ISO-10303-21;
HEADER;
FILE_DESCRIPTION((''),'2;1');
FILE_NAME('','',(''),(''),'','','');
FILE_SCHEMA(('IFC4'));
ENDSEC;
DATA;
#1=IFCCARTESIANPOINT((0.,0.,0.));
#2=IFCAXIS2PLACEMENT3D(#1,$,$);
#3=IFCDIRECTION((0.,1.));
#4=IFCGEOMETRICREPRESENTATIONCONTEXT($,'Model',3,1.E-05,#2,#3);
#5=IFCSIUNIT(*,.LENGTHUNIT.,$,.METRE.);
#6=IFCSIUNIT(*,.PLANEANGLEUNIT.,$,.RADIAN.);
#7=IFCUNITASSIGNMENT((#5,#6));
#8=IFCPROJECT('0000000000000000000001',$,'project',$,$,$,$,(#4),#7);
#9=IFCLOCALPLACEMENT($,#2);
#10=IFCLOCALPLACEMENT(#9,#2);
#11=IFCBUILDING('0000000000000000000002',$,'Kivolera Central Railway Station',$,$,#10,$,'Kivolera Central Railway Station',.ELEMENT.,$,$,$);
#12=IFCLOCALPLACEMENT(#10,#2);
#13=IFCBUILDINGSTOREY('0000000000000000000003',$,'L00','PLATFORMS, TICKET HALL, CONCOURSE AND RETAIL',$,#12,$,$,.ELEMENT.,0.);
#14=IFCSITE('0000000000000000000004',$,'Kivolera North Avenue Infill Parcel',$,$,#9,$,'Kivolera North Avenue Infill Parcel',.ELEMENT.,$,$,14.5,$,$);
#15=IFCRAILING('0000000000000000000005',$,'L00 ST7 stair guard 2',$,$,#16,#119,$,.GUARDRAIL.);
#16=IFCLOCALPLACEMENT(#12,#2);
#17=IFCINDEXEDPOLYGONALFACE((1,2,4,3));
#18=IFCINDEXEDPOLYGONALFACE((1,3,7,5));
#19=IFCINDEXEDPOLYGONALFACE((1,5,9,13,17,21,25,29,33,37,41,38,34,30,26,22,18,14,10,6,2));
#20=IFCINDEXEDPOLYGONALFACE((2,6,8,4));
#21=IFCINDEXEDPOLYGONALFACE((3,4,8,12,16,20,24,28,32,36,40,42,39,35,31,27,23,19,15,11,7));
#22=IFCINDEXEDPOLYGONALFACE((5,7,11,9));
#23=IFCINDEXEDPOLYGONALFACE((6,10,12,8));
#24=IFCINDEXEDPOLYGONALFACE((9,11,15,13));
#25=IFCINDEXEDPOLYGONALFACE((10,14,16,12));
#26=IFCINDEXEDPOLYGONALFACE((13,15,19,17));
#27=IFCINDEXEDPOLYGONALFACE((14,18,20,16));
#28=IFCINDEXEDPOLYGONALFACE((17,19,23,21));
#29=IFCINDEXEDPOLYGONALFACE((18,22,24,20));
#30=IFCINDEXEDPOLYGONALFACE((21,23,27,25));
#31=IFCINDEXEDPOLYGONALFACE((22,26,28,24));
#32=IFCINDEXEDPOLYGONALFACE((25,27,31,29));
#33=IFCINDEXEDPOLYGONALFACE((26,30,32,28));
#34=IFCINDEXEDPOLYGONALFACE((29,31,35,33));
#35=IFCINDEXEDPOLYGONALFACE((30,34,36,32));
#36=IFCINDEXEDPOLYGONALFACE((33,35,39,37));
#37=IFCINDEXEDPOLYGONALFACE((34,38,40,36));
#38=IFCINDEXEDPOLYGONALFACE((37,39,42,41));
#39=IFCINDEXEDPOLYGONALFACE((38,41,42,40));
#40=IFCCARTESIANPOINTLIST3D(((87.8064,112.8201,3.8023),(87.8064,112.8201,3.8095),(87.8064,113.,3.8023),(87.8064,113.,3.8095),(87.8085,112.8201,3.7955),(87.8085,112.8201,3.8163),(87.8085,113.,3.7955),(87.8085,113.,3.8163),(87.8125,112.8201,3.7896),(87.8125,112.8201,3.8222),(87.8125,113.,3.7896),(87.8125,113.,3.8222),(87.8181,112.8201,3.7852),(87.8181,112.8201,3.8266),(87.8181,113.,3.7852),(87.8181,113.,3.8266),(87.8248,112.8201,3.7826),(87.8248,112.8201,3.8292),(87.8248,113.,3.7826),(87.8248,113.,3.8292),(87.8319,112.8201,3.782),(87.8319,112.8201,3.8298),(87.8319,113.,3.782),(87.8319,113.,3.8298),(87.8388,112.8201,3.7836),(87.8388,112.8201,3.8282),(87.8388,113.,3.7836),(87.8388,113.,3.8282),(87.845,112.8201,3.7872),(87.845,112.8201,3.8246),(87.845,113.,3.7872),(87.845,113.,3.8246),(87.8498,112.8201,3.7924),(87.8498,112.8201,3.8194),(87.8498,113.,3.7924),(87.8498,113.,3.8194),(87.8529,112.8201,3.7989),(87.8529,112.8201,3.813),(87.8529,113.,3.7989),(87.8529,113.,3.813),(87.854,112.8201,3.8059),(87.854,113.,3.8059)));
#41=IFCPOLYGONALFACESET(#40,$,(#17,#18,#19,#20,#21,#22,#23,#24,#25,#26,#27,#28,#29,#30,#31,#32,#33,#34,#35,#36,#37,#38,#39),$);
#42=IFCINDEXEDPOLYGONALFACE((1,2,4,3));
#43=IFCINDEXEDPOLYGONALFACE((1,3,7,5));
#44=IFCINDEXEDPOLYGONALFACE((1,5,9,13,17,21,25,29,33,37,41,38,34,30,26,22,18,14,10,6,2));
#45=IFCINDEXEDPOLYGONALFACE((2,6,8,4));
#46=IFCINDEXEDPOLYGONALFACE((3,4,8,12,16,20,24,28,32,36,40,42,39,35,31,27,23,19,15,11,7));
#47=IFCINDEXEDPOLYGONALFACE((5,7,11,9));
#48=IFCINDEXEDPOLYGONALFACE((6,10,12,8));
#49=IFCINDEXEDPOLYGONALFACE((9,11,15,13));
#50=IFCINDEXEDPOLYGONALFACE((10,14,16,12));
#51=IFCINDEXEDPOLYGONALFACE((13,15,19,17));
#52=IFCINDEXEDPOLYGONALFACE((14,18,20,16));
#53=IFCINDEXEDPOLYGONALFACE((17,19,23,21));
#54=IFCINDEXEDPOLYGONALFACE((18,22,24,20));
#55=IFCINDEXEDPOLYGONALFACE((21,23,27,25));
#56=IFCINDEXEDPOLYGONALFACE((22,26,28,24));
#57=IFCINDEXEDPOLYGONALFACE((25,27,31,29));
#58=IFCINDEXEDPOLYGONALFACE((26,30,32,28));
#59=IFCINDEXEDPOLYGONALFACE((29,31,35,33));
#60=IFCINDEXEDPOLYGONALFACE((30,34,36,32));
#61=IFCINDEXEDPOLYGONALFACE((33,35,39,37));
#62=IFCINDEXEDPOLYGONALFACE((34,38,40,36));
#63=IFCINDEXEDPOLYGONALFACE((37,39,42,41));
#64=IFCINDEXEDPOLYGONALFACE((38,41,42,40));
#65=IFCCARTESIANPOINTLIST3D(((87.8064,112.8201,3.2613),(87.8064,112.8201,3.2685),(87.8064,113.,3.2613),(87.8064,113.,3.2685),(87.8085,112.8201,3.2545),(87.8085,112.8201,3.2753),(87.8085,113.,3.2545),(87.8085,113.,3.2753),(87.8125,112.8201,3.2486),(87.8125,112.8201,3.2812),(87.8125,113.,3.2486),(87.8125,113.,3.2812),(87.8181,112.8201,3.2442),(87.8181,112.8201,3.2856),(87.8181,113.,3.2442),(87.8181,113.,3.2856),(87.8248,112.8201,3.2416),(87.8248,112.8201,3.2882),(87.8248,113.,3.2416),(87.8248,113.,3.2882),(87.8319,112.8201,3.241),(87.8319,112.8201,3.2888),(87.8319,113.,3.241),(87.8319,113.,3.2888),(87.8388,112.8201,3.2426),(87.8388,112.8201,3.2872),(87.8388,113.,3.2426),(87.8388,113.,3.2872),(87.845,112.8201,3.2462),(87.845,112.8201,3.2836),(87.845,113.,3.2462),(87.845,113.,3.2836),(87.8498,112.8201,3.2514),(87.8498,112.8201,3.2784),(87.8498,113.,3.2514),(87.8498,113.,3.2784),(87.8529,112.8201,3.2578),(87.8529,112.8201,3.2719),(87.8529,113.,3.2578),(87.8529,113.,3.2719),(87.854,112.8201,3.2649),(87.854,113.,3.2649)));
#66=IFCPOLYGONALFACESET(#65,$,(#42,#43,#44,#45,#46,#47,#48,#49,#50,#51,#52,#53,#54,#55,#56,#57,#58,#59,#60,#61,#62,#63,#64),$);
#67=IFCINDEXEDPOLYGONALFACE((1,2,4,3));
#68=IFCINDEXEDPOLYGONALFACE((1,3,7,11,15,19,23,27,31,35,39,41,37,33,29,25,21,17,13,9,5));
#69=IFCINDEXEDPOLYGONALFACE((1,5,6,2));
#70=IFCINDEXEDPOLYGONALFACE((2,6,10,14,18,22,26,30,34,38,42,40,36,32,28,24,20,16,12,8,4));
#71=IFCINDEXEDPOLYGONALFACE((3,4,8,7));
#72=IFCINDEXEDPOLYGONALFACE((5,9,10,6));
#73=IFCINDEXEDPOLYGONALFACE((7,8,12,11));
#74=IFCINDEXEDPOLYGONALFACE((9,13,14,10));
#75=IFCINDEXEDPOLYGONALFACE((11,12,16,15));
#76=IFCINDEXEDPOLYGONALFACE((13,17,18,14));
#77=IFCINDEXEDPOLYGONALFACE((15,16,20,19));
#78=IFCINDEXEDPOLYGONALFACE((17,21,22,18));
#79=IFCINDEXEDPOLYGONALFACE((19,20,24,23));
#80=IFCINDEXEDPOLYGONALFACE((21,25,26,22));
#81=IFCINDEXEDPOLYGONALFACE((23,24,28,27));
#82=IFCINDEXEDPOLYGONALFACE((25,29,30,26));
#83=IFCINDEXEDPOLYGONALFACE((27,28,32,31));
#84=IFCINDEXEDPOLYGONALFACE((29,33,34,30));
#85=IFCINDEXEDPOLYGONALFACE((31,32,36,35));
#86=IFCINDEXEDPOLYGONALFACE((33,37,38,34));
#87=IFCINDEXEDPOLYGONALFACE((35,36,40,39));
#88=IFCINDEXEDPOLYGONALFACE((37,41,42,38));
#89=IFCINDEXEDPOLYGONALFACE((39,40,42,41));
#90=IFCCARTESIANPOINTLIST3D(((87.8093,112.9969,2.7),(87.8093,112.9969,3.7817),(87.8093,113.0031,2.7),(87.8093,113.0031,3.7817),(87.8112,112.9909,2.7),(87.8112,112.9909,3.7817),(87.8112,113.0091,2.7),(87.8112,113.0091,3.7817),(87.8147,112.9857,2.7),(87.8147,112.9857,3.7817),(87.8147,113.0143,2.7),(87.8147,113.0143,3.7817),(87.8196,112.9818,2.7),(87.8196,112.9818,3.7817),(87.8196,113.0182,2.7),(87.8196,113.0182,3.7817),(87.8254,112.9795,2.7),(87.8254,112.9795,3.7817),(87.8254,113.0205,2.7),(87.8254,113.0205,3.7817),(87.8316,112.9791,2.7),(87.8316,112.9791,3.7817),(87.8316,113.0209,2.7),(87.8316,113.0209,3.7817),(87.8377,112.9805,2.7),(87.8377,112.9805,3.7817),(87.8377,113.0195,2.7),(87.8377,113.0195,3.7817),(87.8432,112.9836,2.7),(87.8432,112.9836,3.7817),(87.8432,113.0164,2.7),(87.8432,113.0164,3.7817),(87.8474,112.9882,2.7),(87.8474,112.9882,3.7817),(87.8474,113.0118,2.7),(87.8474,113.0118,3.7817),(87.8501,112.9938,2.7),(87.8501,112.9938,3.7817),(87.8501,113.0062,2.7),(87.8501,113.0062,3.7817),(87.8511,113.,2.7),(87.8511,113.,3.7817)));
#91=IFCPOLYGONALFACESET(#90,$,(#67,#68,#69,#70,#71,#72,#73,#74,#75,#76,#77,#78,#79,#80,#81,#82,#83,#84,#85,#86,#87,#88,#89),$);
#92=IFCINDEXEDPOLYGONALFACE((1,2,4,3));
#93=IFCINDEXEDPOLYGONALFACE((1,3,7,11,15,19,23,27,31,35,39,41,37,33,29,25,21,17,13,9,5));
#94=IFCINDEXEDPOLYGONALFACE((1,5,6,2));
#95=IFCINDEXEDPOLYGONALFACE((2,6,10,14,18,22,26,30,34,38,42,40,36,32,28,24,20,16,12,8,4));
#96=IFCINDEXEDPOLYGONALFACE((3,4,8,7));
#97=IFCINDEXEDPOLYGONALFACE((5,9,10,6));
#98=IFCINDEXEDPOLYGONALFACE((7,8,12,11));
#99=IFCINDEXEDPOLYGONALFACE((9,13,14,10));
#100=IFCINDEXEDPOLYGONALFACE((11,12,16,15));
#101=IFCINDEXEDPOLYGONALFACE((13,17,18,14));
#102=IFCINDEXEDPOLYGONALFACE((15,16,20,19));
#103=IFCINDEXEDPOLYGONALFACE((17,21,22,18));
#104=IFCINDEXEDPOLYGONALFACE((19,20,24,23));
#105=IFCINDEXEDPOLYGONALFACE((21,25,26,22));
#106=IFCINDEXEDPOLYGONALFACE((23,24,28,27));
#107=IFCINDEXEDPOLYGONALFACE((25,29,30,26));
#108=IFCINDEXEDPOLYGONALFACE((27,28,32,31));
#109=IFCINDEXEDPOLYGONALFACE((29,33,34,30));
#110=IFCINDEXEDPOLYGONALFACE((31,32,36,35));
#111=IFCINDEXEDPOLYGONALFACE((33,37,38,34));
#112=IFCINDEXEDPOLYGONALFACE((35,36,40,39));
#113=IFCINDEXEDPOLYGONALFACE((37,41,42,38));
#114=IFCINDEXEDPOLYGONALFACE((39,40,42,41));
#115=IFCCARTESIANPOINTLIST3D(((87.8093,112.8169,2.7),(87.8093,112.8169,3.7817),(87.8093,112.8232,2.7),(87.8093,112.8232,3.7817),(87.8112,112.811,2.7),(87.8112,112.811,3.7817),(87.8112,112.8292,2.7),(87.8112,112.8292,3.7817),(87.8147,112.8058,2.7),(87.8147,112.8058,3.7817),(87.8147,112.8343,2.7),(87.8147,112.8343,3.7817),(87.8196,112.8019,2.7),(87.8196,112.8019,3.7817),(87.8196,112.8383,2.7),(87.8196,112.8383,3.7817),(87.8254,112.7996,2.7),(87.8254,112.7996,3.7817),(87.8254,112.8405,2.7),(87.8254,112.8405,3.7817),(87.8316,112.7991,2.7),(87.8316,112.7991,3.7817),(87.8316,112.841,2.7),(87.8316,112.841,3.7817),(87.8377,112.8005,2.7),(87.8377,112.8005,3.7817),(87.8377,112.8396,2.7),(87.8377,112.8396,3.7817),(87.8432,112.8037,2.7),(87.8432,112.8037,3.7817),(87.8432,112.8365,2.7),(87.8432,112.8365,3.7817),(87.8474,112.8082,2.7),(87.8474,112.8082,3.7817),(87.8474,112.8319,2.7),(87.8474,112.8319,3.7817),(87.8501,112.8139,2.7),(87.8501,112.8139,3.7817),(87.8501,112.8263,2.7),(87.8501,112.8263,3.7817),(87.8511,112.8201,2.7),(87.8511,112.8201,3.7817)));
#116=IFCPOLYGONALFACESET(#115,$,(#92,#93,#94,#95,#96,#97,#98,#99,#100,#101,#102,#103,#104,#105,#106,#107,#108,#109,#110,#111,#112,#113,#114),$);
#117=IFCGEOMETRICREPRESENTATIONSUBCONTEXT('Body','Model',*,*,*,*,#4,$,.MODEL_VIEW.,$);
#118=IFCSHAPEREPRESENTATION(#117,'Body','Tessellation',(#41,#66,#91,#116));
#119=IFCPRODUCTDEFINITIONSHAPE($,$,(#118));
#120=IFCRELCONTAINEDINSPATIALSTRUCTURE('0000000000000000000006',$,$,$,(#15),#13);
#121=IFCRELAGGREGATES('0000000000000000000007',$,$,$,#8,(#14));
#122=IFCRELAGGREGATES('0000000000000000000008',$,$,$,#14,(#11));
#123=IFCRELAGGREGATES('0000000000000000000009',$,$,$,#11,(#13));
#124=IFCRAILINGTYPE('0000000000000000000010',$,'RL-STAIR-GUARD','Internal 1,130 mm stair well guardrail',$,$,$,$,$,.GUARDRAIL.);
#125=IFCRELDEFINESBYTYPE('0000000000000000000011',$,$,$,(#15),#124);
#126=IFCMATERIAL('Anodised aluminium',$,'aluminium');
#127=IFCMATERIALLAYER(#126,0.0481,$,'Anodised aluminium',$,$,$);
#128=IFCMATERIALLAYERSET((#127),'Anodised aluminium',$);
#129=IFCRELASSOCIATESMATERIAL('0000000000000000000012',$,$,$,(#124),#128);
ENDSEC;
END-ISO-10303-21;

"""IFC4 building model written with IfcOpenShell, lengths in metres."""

from ifc_helpers import new_model, si_unit, direction, frame, origin, origin_2d, place, context, subcontext, project, spatial, circle, extrude, material, layer, layer_set, type_object, element, save


model = new_model("IFC4")

# Units and contexts
model_context = context("Model", 3, precision=1e-05, world=origin(), true_north=direction((0.0, 1.0)))
body_context = subcontext(model_context, "Body", "Model", "MODEL_VIEW")
ifc_project = project(units=[si_unit("LENGTHUNIT", "METRE"), si_unit("PLANEANGLEUNIT", "RADIAN")], contexts=[model_context])

# Site, building, storey
site_placement = place(None, origin())
site = spatial("IfcSite", under=ifc_project, at=site_placement, Name="Kivolera North Avenue Infill Parcel", LongName="Kivolera North Avenue Infill Parcel", CompositionType="ELEMENT", RefElevation=14.5)
building_placement = place(site_placement, origin())
building = spatial("IfcBuilding", under=site, at=building_placement, Name="Kivolera Central Railway Station", LongName="Kivolera Central Railway Station", CompositionType="ELEMENT")
storey_placement = place(building_placement, origin())
storey = spatial("IfcBuildingStorey", under=building, at=storey_placement, Name="L00", Description="PLATFORMS, TICKET HALL, CONCOURSE AND RETAIL", CompositionType="ELEMENT", Elevation=0.0)

# Shared definitions
ifc_material_1 = material(Name="Anodised aluminium", Category="aluminium")

# Railing
ifc_layer_1 = layer(ifc_material_1, 0.0481, Name="Anodised aluminium")
ifc_layer_set_1 = layer_set([ifc_layer_1], Name="Anodised aluminium")
railing_type_1 = type_object("IfcRailingType", Name="RL-STAIR-GUARD", Description="Internal 1,130 mm stair well guardrail", PredefinedType="GUARDRAIL", material=ifc_layer_set_1)
for number, where, name in (
    (1, (87.8301, 113.0, 2.7), "L00 ST7 stair guard 2"),
):
    element("IfcRailing", number, at=place(storey_placement, frame(where)), inside=storey, type_object=railing_type_1, Name=name, PredefinedType="GUARDRAIL", context=body_context, shape_type="SweptSolid", body=[
        extrude(circle(Radius=0.0239, at=origin_2d()), frame((0.0, 0.0, 1.106), z_axis=(0.0, -1.0, 0.0), x_axis=(1.0, 0.0, 0.0)), (0.0, 0.0, 1.0), 0.1799),
        extrude(circle(Radius=0.0239, at=origin_2d()), frame((0.0, 0.0, 0.5649), z_axis=(0.0, -1.0, 0.0), x_axis=(1.0, 0.0, 0.0)), (0.0, 0.0, 1.0), 0.1799),
        extrude(circle(Radius=0.021, at=origin_2d()), origin(), (0.0, 0.0, 1.0), 1.0818),
        extrude(circle(Radius=0.021, at=origin_2d()), frame((0.0, -0.1799, 0.0)), (0.0, 0.0, 1.0), 1.0818),
    ])

save(model, "model.ifc")
